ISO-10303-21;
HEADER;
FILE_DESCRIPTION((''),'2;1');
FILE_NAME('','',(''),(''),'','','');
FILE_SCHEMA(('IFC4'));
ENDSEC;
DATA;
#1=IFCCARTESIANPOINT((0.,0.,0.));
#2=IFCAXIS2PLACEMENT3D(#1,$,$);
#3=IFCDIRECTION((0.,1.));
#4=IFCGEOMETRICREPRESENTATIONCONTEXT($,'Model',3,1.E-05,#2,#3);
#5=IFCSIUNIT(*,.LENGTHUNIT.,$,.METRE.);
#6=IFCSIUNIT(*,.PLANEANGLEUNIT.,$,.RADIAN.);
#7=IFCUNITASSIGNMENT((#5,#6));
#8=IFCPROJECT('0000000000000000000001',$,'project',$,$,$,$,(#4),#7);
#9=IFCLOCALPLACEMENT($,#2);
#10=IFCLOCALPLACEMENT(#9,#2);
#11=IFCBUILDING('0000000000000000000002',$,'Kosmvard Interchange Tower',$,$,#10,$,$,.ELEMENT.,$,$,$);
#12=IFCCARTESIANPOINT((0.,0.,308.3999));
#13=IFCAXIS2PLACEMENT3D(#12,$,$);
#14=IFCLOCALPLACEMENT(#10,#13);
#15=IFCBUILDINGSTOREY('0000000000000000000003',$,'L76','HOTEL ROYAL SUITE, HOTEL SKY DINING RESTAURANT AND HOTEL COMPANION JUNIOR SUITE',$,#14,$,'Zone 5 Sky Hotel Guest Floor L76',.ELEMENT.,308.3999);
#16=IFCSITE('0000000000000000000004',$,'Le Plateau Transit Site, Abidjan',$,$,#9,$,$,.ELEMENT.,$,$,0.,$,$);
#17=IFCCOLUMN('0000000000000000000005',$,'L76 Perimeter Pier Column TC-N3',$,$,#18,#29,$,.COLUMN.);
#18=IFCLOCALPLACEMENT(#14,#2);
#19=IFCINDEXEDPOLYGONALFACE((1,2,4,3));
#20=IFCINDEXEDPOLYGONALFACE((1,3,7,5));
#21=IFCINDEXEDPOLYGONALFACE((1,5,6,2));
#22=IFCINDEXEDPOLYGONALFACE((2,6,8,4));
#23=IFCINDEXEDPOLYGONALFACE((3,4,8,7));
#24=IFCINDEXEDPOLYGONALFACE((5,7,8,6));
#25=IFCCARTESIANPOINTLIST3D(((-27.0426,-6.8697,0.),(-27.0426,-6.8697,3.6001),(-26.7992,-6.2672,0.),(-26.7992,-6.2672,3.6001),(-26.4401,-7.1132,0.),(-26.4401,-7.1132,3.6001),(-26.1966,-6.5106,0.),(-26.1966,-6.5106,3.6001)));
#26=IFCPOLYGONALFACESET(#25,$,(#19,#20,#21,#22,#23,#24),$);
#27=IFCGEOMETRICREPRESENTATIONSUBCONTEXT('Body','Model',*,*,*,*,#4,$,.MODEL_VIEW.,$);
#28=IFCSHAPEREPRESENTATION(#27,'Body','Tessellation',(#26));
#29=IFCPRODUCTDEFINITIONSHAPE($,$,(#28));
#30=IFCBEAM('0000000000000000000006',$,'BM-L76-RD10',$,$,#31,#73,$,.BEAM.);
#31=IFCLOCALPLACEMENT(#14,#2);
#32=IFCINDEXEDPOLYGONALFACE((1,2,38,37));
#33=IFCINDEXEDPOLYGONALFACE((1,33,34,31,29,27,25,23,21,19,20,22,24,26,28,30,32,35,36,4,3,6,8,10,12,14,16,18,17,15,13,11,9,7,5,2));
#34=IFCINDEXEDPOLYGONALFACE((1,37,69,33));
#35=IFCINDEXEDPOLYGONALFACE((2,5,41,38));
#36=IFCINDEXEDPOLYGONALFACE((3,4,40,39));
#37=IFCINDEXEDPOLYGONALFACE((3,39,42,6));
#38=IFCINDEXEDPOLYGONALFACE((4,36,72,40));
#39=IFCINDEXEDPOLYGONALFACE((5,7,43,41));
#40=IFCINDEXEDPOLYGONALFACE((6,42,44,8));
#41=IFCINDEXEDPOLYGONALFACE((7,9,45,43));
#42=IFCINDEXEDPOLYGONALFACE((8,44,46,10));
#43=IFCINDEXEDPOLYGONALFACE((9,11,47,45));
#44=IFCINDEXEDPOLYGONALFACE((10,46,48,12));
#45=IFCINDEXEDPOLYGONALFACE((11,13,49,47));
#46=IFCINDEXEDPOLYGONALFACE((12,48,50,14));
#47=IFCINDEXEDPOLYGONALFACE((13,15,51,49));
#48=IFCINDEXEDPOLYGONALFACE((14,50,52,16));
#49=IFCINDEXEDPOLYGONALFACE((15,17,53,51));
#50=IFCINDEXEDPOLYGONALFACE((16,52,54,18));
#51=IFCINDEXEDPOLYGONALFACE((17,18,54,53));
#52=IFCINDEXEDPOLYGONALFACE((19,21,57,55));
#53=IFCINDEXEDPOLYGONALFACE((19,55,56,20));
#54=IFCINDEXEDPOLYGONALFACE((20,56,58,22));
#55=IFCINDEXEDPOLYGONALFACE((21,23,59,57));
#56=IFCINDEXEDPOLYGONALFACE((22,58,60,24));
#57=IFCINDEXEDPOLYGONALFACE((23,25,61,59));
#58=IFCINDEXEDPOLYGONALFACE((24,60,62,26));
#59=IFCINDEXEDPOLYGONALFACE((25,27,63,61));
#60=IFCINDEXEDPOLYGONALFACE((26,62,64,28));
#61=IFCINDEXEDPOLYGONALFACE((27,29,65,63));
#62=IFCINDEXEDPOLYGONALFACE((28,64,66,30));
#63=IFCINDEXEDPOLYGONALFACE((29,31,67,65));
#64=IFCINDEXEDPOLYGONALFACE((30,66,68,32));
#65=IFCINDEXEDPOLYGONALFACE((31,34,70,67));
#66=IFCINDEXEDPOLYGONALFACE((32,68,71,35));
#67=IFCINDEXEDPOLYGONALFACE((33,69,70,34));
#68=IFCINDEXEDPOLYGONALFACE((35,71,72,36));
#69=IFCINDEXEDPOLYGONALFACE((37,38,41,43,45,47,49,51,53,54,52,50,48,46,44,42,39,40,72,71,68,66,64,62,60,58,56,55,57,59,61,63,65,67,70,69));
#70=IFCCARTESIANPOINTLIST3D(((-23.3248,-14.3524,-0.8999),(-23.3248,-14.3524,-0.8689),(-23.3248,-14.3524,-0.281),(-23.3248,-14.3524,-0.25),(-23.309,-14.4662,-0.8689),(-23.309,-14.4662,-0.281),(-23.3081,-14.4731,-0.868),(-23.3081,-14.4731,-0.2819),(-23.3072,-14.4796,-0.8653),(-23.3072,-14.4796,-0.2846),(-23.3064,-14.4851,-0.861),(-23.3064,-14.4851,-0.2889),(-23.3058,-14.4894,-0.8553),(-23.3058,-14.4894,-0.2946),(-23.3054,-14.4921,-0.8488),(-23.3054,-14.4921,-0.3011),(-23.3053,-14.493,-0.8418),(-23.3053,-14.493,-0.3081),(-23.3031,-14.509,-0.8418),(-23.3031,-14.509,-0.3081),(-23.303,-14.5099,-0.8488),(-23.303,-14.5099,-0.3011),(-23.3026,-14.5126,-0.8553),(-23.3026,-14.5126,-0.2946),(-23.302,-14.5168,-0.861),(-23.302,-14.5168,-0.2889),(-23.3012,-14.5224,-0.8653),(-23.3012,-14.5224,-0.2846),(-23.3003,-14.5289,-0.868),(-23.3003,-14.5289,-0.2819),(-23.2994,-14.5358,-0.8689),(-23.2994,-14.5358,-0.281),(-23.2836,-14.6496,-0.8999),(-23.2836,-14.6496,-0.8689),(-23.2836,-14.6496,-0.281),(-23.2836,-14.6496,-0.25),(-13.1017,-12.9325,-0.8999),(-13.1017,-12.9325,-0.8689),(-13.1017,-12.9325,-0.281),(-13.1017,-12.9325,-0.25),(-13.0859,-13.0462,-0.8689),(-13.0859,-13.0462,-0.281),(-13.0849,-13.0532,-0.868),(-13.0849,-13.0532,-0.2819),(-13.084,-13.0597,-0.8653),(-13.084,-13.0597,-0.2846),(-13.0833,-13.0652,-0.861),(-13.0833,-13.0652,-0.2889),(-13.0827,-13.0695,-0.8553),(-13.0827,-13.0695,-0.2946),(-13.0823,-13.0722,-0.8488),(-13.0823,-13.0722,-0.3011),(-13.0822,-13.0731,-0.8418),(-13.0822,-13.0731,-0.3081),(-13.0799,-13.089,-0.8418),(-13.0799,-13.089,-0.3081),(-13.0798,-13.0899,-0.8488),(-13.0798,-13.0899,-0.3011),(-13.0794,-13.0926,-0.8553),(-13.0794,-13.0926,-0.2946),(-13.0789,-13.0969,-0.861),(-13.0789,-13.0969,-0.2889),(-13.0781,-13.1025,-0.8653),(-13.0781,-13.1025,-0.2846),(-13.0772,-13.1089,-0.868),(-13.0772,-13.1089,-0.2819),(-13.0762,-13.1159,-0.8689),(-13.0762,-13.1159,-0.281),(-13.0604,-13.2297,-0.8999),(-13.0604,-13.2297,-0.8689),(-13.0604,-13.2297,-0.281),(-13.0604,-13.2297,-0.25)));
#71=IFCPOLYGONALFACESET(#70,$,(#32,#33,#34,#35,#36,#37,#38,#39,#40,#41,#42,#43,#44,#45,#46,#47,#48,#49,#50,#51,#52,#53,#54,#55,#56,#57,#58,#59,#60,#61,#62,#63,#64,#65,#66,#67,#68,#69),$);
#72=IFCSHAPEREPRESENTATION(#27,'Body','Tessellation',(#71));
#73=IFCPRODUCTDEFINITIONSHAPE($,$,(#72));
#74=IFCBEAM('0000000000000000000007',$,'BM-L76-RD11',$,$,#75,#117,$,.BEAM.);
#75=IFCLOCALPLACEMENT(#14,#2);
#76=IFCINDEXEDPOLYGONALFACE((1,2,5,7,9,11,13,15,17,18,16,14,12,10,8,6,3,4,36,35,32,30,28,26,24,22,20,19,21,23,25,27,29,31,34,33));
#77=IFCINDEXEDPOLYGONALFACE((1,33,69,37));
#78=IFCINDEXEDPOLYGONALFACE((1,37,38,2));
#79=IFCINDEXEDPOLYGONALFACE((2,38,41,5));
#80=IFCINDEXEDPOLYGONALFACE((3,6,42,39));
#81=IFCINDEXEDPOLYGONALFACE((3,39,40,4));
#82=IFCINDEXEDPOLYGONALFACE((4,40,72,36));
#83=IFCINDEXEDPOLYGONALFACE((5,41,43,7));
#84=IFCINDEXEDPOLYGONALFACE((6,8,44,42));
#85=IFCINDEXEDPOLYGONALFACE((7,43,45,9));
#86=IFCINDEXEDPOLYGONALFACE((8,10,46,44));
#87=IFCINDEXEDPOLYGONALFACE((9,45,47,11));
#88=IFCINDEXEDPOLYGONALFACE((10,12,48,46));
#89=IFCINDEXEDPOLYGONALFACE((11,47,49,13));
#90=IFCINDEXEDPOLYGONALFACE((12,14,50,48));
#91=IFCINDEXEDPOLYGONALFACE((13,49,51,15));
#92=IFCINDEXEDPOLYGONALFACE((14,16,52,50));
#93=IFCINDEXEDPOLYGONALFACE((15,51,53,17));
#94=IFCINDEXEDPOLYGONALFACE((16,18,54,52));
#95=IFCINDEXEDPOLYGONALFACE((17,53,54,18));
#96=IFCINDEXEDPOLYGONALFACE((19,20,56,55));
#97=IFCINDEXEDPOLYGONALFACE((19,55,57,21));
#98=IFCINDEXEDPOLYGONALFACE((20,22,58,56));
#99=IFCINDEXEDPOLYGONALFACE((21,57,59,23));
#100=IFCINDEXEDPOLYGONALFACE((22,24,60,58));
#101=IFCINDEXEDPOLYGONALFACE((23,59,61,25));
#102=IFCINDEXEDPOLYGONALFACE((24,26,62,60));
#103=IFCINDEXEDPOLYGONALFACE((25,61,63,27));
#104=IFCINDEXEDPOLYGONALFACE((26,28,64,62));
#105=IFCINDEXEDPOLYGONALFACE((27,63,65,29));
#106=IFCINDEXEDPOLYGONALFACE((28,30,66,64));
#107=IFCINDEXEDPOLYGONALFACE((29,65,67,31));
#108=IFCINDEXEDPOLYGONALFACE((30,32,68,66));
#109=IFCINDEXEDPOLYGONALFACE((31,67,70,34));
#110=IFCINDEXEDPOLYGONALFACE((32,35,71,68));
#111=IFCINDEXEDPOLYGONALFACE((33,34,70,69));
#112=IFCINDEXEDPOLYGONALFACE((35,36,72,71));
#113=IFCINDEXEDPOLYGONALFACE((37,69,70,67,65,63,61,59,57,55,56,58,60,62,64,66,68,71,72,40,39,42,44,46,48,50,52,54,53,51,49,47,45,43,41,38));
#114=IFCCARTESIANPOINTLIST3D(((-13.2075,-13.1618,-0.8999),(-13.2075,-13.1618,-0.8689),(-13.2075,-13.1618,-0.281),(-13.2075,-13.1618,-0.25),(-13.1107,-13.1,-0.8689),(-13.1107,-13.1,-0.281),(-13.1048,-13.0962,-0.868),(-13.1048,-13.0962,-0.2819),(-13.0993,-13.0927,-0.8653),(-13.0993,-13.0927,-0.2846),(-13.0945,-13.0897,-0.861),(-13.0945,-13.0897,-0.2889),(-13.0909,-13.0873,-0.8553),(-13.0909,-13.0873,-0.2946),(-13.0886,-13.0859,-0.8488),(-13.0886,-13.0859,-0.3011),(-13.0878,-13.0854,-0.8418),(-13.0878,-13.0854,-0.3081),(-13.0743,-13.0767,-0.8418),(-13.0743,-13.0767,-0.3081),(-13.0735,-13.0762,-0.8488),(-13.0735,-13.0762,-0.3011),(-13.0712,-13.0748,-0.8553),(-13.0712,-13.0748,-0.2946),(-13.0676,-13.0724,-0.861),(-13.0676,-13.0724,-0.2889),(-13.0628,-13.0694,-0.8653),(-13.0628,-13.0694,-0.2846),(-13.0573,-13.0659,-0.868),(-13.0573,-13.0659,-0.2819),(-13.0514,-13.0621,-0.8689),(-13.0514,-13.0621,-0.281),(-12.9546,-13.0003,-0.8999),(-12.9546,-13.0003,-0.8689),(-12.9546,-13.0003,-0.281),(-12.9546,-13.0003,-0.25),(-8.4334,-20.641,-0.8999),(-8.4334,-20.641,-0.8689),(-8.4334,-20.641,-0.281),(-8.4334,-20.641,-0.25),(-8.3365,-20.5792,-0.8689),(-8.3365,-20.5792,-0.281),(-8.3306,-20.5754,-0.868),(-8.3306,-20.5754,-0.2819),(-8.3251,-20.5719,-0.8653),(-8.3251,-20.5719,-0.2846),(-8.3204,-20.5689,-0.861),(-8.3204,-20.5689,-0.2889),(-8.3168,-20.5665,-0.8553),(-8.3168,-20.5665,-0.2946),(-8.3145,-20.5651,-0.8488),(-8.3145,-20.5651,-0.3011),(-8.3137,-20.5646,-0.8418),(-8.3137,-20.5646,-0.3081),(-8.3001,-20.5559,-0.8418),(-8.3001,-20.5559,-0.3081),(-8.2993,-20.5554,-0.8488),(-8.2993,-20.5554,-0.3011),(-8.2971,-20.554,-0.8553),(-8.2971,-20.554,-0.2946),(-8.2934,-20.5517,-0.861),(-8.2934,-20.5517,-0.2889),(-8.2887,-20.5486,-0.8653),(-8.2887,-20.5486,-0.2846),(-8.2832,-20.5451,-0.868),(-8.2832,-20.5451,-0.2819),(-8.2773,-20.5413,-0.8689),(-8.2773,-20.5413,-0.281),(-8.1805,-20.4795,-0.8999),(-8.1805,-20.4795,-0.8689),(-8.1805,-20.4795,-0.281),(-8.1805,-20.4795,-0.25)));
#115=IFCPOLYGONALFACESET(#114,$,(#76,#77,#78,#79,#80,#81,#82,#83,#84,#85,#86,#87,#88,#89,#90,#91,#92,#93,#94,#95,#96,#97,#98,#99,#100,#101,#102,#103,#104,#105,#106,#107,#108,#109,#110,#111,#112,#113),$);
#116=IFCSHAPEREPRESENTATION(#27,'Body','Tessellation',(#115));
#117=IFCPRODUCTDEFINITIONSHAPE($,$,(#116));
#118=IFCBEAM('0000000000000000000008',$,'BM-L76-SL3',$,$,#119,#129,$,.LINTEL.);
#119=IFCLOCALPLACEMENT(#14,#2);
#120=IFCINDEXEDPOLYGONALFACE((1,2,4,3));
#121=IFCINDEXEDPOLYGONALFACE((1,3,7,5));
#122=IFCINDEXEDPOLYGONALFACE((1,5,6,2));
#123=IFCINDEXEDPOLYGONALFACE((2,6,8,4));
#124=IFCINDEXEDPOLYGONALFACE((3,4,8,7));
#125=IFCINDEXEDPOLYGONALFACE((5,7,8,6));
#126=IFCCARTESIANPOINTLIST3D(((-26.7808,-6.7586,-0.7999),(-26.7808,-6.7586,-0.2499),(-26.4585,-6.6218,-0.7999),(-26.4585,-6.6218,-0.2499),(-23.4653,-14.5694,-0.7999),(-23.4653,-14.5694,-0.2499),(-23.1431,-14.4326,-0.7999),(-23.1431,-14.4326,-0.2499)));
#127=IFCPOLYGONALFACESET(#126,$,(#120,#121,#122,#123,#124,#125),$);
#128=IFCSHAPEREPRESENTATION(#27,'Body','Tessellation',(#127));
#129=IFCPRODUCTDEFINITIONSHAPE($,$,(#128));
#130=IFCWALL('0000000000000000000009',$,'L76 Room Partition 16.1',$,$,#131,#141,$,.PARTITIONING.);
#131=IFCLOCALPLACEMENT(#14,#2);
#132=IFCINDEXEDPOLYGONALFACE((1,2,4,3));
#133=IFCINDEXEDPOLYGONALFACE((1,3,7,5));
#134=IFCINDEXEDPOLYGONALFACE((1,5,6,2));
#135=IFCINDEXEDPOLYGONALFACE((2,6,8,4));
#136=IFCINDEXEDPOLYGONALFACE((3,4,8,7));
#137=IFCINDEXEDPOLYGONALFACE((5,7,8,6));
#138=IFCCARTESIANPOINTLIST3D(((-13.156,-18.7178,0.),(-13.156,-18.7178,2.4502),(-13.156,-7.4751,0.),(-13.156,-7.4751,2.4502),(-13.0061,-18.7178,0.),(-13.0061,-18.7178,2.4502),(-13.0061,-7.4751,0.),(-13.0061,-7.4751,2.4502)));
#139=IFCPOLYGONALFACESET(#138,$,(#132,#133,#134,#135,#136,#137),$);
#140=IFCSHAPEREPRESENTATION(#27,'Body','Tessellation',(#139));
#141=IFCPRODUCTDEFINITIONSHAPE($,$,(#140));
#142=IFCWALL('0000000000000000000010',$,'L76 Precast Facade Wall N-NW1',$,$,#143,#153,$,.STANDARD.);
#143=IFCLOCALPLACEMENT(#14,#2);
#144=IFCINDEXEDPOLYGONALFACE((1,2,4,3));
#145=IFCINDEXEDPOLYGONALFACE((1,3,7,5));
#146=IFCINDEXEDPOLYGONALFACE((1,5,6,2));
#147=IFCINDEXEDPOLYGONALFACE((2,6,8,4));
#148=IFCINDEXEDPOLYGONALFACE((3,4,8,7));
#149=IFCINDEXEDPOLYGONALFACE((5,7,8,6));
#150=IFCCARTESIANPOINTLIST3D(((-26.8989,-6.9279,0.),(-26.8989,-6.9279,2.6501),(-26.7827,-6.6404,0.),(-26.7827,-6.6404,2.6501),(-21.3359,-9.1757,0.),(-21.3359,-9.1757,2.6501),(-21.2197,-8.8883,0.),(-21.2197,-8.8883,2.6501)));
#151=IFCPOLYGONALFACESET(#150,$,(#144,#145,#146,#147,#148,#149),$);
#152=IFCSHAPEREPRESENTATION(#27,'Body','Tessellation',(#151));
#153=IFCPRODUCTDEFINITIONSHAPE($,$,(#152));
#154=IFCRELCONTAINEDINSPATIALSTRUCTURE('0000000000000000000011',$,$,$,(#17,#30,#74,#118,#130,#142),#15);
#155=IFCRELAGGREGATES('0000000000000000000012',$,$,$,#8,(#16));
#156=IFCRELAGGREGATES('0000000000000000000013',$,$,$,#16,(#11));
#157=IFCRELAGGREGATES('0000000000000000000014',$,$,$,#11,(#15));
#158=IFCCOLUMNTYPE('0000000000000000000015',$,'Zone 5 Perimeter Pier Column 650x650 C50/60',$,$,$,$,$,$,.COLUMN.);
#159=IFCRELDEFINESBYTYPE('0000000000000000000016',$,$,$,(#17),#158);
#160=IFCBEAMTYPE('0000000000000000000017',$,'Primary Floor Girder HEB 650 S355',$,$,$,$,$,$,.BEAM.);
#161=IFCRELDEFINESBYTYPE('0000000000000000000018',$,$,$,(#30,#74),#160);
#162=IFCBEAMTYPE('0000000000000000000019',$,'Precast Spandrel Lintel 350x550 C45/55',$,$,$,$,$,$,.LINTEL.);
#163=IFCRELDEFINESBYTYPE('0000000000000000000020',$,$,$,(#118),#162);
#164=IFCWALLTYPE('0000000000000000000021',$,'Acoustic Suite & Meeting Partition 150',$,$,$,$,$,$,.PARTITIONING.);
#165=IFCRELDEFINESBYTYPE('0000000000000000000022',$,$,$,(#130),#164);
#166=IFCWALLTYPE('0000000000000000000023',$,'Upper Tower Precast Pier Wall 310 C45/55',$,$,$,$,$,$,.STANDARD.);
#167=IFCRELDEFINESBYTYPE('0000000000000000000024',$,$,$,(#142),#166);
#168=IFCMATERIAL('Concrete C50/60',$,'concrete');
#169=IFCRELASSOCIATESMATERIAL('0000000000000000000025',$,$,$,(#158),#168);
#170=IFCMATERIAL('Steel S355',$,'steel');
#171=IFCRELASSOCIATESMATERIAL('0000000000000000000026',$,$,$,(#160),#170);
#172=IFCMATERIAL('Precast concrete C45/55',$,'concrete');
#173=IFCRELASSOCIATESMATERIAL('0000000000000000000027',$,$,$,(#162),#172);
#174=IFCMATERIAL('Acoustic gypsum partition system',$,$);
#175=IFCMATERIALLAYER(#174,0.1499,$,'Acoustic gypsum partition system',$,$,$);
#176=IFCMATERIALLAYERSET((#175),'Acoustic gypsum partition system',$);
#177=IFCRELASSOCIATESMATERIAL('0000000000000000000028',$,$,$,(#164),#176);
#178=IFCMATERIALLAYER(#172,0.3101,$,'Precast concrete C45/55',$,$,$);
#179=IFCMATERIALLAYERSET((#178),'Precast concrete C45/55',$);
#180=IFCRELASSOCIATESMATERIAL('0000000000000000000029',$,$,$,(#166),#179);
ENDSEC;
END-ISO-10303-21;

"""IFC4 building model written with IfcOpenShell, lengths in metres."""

from ifc_helpers import new_model, si_unit, direction, frame, frame_2d, origin, origin_2d, place, context, subcontext, project, spatial, rectangle, i_section, extrude, source, transform, mapped, material, layer, layer_set, material_profile, profile_set, type_object, element, save


model = new_model("IFC4")

# Units and contexts
model_context = context("Model", 3, precision=1e-05, world=origin(), true_north=direction((0.0, 1.0)))
body_context = subcontext(model_context, "Body", "Model", "MODEL_VIEW")
ifc_project = project(units=[si_unit("LENGTHUNIT", "METRE"), si_unit("PLANEANGLEUNIT", "RADIAN")], contexts=[model_context])

# Site, building, storey
site_placement = place(None, origin())
site = spatial("IfcSite", under=ifc_project, at=site_placement, Name="Le Plateau Transit Site, Abidjan", CompositionType="ELEMENT", RefElevation=0.0)
building_placement = place(site_placement, origin())
building = spatial("IfcBuilding", under=site, at=building_placement, Name="Kosmvard Interchange Tower", CompositionType="ELEMENT")
storey_placement = place(building_placement, frame((0.0, 0.0, 308.3999)))
storey = spatial("IfcBuildingStorey", under=building, at=storey_placement, Name="L76", Description="HOTEL ROYAL SUITE, HOTEL SKY DINING RESTAURANT AND HOTEL COMPANION JUNIOR SUITE", LongName="Zone 5 Sky Hotel Guest Floor L76", CompositionType="ELEMENT", Elevation=308.3999)

# Column
ifc_material_1 = material(Name="Concrete C50/60", Category="concrete")
ifc_material_profile_1 = material_profile(ifc_material_1, rectangle(XDim=0.6499, YDim=0.6499, at=origin_2d()), Name="TC 650x650")
ifc_profile_set_1 = profile_set([ifc_material_profile_1], Name="Concrete C50/60")
column_type = type_object("IfcColumnType", Name="Zone 5 Perimeter Pier Column 650x650 C50/60", PredefinedType="COLUMN", material=ifc_profile_set_1)
shared_shape_1 = source(origin(), body_context, "Body", "SweptSolid", [
    extrude(rectangle(XDim=0.6499, YDim=0.6499, at=origin_2d()), origin(), (0.0, 0.0, 1.0), 3.6001),
])
column_placement = place(storey_placement, frame((-26.6196, -6.6902, 0.0), z_axis=(0.0, 0.0, 1.0), x_axis=(0.374607, 0.927184, 0.0)))
element("IfcColumn", 1, at=column_placement, inside=storey, type_object=column_type, Name="L76 Perimeter Pier Column TC-N3", PredefinedType="COLUMN", context=body_context, shape_type="MappedRepresentation", body=[
    mapped(shared_shape_1, transform((0.0, 0.0, 0.0), scale=1.0)),
])

# Beams
ifc_material_2 = material(Name="Steel S355", Category="steel")
ifc_material_profile_2 = material_profile(ifc_material_2, i_section(OverallWidth=0.3, OverallDepth=0.6499, WebThickness=0.0161, FlangeThickness=0.031, FilletRadius=0.0271, at=origin_2d()), Name="HEB 650")
ifc_profile_set_2 = profile_set([ifc_material_profile_2], Name="Steel S355")
beam_type_1 = type_object("IfcBeamType", Name="Primary Floor Girder HEB 650 S355", PredefinedType="BEAM", material=ifc_profile_set_2)
shared_shape_2 = source(origin(), body_context, "Body", "SweptSolid", [
    extrude(i_section(OverallWidth=0.3, OverallDepth=0.6499, WebThickness=0.0161, FlangeThickness=0.031, FilletRadius=0.0271, at=origin_2d()), origin(), (0.0, 0.0, 1.0), 10.3213),
])
beam_1_placement = place(storey_placement, frame((-13.0811, -13.0811, -0.575), z_axis=(-0.990492, -0.137572, 0.0), x_axis=(0.137572, -0.990492, 0.0)))
element("IfcBeam", 2, at=beam_1_placement, inside=storey, type_object=beam_type_1, Name="BM-L76-RD10", PredefinedType="BEAM", context=body_context, shape_type="MappedRepresentation", body=[
    mapped(shared_shape_2, transform((0.0, 0.0, 0.0), scale=1.0)),
])
shared_shape_3 = source(origin(), body_context, "Body", "SweptSolid", [
    extrude(i_section(OverallWidth=0.3, OverallDepth=0.6499, WebThickness=0.0161, FlangeThickness=0.031, FilletRadius=0.0271, at=origin_2d()), origin(), (0.0, 0.0, 1.0), 8.873),
])
beam_2_placement = place(storey_placement, frame((-13.0811, -13.0811, -0.575), z_axis=(0.53805, -0.842913, 0.0), x_axis=(0.842913, 0.53805, 0.0)))
element("IfcBeam", 3, at=beam_2_placement, inside=storey, type_object=beam_type_1, Name="BM-L76-RD11", PredefinedType="BEAM", context=body_context, shape_type="MappedRepresentation", body=[
    mapped(shared_shape_3, transform((0.0, 0.0, 0.0), scale=1.0)),
])
ifc_material_3 = material(Name="Precast concrete C45/55", Category="concrete")
ifc_material_profile_3 = material_profile(ifc_material_3, rectangle(XDim=0.3501, YDim=0.55, at=origin_2d()), Name="SL 350x550")
ifc_profile_set_3 = profile_set([ifc_material_profile_3], Name="Precast concrete C45/55")
beam_type_2 = type_object("IfcBeamType", Name="Precast Spandrel Lintel 350x550 C45/55", PredefinedType="LINTEL", material=ifc_profile_set_3)
shared_shape_4 = source(origin(), body_context, "Body", "SweptSolid", [
    extrude(rectangle(XDim=0.3501, YDim=0.55, at=origin_2d()), origin(), (0.0, 0.0, 1.0), 8.4854),
])
beam_3_placement = place(storey_placement, frame((-26.6196, -6.6902, -0.5249), z_axis=(0.390726, -0.920507, 0.0), x_axis=(0.920507, 0.390726, 0.0)))
element("IfcBeam", 4, at=beam_3_placement, inside=storey, type_object=beam_type_2, Name="BM-L76-SL3", PredefinedType="LINTEL", context=body_context, shape_type="MappedRepresentation", body=[
    mapped(shared_shape_4, transform((0.0, 0.0, 0.0), scale=1.0)),
])

# Walls
ifc_material_4 = material(Name="Acoustic gypsum partition system")
ifc_layer_1 = layer(ifc_material_4, 0.1499, Name="Acoustic gypsum partition system")
ifc_layer_set_1 = layer_set([ifc_layer_1], Name="Acoustic gypsum partition system")
wall_type_1 = type_object("IfcWallType", Name="Acoustic Suite & Meeting Partition 150", PredefinedType="PARTITIONING", material=ifc_layer_set_1)
wall_1_placement = place(storey_placement, frame((-13.0811, -7.4751, 0.0), z_axis=(0.0, 0.0, 1.0), x_axis=(0.0, -1.0, 0.0)))
element("IfcWall", 5, at=wall_1_placement, inside=storey, type_object=wall_type_1, Name="L76 Room Partition 16.1", PredefinedType="PARTITIONING", context=body_context, shape_type="SweptSolid", body=[
    extrude(rectangle(XDim=11.2427, YDim=0.1499, at=frame_2d((5.6213, 0.0))), origin(), (0.0, 0.0, 1.0), 2.4502),
])
ifc_layer_2 = layer(ifc_material_3, 0.3101, Name="Precast concrete C45/55")
ifc_layer_set_2 = layer_set([ifc_layer_2], Name="Precast concrete C45/55")
wall_type_2 = type_object("IfcWallType", Name="Upper Tower Precast Pier Wall 310 C45/55", PredefinedType="STANDARD", material=ifc_layer_set_2)
wall_2_placement = place(storey_placement, frame((-26.8408, -6.7842, 0.0), z_axis=(0.0, 0.0, 1.0), x_axis=(0.927172, -0.374637, 0.0)))
element("IfcWall", 6, at=wall_2_placement, inside=storey, type_object=wall_type_2, Name="L76 Precast Facade Wall N-NW1", PredefinedType="STANDARD", context=body_context, shape_type="SweptSolid", body=[
    extrude(rectangle(XDim=6.0, YDim=0.3101, at=frame_2d((3.0, 0.0))), origin(), (0.0, 0.0, 1.0), 2.6501),
])

save(model, "model.ifc")
